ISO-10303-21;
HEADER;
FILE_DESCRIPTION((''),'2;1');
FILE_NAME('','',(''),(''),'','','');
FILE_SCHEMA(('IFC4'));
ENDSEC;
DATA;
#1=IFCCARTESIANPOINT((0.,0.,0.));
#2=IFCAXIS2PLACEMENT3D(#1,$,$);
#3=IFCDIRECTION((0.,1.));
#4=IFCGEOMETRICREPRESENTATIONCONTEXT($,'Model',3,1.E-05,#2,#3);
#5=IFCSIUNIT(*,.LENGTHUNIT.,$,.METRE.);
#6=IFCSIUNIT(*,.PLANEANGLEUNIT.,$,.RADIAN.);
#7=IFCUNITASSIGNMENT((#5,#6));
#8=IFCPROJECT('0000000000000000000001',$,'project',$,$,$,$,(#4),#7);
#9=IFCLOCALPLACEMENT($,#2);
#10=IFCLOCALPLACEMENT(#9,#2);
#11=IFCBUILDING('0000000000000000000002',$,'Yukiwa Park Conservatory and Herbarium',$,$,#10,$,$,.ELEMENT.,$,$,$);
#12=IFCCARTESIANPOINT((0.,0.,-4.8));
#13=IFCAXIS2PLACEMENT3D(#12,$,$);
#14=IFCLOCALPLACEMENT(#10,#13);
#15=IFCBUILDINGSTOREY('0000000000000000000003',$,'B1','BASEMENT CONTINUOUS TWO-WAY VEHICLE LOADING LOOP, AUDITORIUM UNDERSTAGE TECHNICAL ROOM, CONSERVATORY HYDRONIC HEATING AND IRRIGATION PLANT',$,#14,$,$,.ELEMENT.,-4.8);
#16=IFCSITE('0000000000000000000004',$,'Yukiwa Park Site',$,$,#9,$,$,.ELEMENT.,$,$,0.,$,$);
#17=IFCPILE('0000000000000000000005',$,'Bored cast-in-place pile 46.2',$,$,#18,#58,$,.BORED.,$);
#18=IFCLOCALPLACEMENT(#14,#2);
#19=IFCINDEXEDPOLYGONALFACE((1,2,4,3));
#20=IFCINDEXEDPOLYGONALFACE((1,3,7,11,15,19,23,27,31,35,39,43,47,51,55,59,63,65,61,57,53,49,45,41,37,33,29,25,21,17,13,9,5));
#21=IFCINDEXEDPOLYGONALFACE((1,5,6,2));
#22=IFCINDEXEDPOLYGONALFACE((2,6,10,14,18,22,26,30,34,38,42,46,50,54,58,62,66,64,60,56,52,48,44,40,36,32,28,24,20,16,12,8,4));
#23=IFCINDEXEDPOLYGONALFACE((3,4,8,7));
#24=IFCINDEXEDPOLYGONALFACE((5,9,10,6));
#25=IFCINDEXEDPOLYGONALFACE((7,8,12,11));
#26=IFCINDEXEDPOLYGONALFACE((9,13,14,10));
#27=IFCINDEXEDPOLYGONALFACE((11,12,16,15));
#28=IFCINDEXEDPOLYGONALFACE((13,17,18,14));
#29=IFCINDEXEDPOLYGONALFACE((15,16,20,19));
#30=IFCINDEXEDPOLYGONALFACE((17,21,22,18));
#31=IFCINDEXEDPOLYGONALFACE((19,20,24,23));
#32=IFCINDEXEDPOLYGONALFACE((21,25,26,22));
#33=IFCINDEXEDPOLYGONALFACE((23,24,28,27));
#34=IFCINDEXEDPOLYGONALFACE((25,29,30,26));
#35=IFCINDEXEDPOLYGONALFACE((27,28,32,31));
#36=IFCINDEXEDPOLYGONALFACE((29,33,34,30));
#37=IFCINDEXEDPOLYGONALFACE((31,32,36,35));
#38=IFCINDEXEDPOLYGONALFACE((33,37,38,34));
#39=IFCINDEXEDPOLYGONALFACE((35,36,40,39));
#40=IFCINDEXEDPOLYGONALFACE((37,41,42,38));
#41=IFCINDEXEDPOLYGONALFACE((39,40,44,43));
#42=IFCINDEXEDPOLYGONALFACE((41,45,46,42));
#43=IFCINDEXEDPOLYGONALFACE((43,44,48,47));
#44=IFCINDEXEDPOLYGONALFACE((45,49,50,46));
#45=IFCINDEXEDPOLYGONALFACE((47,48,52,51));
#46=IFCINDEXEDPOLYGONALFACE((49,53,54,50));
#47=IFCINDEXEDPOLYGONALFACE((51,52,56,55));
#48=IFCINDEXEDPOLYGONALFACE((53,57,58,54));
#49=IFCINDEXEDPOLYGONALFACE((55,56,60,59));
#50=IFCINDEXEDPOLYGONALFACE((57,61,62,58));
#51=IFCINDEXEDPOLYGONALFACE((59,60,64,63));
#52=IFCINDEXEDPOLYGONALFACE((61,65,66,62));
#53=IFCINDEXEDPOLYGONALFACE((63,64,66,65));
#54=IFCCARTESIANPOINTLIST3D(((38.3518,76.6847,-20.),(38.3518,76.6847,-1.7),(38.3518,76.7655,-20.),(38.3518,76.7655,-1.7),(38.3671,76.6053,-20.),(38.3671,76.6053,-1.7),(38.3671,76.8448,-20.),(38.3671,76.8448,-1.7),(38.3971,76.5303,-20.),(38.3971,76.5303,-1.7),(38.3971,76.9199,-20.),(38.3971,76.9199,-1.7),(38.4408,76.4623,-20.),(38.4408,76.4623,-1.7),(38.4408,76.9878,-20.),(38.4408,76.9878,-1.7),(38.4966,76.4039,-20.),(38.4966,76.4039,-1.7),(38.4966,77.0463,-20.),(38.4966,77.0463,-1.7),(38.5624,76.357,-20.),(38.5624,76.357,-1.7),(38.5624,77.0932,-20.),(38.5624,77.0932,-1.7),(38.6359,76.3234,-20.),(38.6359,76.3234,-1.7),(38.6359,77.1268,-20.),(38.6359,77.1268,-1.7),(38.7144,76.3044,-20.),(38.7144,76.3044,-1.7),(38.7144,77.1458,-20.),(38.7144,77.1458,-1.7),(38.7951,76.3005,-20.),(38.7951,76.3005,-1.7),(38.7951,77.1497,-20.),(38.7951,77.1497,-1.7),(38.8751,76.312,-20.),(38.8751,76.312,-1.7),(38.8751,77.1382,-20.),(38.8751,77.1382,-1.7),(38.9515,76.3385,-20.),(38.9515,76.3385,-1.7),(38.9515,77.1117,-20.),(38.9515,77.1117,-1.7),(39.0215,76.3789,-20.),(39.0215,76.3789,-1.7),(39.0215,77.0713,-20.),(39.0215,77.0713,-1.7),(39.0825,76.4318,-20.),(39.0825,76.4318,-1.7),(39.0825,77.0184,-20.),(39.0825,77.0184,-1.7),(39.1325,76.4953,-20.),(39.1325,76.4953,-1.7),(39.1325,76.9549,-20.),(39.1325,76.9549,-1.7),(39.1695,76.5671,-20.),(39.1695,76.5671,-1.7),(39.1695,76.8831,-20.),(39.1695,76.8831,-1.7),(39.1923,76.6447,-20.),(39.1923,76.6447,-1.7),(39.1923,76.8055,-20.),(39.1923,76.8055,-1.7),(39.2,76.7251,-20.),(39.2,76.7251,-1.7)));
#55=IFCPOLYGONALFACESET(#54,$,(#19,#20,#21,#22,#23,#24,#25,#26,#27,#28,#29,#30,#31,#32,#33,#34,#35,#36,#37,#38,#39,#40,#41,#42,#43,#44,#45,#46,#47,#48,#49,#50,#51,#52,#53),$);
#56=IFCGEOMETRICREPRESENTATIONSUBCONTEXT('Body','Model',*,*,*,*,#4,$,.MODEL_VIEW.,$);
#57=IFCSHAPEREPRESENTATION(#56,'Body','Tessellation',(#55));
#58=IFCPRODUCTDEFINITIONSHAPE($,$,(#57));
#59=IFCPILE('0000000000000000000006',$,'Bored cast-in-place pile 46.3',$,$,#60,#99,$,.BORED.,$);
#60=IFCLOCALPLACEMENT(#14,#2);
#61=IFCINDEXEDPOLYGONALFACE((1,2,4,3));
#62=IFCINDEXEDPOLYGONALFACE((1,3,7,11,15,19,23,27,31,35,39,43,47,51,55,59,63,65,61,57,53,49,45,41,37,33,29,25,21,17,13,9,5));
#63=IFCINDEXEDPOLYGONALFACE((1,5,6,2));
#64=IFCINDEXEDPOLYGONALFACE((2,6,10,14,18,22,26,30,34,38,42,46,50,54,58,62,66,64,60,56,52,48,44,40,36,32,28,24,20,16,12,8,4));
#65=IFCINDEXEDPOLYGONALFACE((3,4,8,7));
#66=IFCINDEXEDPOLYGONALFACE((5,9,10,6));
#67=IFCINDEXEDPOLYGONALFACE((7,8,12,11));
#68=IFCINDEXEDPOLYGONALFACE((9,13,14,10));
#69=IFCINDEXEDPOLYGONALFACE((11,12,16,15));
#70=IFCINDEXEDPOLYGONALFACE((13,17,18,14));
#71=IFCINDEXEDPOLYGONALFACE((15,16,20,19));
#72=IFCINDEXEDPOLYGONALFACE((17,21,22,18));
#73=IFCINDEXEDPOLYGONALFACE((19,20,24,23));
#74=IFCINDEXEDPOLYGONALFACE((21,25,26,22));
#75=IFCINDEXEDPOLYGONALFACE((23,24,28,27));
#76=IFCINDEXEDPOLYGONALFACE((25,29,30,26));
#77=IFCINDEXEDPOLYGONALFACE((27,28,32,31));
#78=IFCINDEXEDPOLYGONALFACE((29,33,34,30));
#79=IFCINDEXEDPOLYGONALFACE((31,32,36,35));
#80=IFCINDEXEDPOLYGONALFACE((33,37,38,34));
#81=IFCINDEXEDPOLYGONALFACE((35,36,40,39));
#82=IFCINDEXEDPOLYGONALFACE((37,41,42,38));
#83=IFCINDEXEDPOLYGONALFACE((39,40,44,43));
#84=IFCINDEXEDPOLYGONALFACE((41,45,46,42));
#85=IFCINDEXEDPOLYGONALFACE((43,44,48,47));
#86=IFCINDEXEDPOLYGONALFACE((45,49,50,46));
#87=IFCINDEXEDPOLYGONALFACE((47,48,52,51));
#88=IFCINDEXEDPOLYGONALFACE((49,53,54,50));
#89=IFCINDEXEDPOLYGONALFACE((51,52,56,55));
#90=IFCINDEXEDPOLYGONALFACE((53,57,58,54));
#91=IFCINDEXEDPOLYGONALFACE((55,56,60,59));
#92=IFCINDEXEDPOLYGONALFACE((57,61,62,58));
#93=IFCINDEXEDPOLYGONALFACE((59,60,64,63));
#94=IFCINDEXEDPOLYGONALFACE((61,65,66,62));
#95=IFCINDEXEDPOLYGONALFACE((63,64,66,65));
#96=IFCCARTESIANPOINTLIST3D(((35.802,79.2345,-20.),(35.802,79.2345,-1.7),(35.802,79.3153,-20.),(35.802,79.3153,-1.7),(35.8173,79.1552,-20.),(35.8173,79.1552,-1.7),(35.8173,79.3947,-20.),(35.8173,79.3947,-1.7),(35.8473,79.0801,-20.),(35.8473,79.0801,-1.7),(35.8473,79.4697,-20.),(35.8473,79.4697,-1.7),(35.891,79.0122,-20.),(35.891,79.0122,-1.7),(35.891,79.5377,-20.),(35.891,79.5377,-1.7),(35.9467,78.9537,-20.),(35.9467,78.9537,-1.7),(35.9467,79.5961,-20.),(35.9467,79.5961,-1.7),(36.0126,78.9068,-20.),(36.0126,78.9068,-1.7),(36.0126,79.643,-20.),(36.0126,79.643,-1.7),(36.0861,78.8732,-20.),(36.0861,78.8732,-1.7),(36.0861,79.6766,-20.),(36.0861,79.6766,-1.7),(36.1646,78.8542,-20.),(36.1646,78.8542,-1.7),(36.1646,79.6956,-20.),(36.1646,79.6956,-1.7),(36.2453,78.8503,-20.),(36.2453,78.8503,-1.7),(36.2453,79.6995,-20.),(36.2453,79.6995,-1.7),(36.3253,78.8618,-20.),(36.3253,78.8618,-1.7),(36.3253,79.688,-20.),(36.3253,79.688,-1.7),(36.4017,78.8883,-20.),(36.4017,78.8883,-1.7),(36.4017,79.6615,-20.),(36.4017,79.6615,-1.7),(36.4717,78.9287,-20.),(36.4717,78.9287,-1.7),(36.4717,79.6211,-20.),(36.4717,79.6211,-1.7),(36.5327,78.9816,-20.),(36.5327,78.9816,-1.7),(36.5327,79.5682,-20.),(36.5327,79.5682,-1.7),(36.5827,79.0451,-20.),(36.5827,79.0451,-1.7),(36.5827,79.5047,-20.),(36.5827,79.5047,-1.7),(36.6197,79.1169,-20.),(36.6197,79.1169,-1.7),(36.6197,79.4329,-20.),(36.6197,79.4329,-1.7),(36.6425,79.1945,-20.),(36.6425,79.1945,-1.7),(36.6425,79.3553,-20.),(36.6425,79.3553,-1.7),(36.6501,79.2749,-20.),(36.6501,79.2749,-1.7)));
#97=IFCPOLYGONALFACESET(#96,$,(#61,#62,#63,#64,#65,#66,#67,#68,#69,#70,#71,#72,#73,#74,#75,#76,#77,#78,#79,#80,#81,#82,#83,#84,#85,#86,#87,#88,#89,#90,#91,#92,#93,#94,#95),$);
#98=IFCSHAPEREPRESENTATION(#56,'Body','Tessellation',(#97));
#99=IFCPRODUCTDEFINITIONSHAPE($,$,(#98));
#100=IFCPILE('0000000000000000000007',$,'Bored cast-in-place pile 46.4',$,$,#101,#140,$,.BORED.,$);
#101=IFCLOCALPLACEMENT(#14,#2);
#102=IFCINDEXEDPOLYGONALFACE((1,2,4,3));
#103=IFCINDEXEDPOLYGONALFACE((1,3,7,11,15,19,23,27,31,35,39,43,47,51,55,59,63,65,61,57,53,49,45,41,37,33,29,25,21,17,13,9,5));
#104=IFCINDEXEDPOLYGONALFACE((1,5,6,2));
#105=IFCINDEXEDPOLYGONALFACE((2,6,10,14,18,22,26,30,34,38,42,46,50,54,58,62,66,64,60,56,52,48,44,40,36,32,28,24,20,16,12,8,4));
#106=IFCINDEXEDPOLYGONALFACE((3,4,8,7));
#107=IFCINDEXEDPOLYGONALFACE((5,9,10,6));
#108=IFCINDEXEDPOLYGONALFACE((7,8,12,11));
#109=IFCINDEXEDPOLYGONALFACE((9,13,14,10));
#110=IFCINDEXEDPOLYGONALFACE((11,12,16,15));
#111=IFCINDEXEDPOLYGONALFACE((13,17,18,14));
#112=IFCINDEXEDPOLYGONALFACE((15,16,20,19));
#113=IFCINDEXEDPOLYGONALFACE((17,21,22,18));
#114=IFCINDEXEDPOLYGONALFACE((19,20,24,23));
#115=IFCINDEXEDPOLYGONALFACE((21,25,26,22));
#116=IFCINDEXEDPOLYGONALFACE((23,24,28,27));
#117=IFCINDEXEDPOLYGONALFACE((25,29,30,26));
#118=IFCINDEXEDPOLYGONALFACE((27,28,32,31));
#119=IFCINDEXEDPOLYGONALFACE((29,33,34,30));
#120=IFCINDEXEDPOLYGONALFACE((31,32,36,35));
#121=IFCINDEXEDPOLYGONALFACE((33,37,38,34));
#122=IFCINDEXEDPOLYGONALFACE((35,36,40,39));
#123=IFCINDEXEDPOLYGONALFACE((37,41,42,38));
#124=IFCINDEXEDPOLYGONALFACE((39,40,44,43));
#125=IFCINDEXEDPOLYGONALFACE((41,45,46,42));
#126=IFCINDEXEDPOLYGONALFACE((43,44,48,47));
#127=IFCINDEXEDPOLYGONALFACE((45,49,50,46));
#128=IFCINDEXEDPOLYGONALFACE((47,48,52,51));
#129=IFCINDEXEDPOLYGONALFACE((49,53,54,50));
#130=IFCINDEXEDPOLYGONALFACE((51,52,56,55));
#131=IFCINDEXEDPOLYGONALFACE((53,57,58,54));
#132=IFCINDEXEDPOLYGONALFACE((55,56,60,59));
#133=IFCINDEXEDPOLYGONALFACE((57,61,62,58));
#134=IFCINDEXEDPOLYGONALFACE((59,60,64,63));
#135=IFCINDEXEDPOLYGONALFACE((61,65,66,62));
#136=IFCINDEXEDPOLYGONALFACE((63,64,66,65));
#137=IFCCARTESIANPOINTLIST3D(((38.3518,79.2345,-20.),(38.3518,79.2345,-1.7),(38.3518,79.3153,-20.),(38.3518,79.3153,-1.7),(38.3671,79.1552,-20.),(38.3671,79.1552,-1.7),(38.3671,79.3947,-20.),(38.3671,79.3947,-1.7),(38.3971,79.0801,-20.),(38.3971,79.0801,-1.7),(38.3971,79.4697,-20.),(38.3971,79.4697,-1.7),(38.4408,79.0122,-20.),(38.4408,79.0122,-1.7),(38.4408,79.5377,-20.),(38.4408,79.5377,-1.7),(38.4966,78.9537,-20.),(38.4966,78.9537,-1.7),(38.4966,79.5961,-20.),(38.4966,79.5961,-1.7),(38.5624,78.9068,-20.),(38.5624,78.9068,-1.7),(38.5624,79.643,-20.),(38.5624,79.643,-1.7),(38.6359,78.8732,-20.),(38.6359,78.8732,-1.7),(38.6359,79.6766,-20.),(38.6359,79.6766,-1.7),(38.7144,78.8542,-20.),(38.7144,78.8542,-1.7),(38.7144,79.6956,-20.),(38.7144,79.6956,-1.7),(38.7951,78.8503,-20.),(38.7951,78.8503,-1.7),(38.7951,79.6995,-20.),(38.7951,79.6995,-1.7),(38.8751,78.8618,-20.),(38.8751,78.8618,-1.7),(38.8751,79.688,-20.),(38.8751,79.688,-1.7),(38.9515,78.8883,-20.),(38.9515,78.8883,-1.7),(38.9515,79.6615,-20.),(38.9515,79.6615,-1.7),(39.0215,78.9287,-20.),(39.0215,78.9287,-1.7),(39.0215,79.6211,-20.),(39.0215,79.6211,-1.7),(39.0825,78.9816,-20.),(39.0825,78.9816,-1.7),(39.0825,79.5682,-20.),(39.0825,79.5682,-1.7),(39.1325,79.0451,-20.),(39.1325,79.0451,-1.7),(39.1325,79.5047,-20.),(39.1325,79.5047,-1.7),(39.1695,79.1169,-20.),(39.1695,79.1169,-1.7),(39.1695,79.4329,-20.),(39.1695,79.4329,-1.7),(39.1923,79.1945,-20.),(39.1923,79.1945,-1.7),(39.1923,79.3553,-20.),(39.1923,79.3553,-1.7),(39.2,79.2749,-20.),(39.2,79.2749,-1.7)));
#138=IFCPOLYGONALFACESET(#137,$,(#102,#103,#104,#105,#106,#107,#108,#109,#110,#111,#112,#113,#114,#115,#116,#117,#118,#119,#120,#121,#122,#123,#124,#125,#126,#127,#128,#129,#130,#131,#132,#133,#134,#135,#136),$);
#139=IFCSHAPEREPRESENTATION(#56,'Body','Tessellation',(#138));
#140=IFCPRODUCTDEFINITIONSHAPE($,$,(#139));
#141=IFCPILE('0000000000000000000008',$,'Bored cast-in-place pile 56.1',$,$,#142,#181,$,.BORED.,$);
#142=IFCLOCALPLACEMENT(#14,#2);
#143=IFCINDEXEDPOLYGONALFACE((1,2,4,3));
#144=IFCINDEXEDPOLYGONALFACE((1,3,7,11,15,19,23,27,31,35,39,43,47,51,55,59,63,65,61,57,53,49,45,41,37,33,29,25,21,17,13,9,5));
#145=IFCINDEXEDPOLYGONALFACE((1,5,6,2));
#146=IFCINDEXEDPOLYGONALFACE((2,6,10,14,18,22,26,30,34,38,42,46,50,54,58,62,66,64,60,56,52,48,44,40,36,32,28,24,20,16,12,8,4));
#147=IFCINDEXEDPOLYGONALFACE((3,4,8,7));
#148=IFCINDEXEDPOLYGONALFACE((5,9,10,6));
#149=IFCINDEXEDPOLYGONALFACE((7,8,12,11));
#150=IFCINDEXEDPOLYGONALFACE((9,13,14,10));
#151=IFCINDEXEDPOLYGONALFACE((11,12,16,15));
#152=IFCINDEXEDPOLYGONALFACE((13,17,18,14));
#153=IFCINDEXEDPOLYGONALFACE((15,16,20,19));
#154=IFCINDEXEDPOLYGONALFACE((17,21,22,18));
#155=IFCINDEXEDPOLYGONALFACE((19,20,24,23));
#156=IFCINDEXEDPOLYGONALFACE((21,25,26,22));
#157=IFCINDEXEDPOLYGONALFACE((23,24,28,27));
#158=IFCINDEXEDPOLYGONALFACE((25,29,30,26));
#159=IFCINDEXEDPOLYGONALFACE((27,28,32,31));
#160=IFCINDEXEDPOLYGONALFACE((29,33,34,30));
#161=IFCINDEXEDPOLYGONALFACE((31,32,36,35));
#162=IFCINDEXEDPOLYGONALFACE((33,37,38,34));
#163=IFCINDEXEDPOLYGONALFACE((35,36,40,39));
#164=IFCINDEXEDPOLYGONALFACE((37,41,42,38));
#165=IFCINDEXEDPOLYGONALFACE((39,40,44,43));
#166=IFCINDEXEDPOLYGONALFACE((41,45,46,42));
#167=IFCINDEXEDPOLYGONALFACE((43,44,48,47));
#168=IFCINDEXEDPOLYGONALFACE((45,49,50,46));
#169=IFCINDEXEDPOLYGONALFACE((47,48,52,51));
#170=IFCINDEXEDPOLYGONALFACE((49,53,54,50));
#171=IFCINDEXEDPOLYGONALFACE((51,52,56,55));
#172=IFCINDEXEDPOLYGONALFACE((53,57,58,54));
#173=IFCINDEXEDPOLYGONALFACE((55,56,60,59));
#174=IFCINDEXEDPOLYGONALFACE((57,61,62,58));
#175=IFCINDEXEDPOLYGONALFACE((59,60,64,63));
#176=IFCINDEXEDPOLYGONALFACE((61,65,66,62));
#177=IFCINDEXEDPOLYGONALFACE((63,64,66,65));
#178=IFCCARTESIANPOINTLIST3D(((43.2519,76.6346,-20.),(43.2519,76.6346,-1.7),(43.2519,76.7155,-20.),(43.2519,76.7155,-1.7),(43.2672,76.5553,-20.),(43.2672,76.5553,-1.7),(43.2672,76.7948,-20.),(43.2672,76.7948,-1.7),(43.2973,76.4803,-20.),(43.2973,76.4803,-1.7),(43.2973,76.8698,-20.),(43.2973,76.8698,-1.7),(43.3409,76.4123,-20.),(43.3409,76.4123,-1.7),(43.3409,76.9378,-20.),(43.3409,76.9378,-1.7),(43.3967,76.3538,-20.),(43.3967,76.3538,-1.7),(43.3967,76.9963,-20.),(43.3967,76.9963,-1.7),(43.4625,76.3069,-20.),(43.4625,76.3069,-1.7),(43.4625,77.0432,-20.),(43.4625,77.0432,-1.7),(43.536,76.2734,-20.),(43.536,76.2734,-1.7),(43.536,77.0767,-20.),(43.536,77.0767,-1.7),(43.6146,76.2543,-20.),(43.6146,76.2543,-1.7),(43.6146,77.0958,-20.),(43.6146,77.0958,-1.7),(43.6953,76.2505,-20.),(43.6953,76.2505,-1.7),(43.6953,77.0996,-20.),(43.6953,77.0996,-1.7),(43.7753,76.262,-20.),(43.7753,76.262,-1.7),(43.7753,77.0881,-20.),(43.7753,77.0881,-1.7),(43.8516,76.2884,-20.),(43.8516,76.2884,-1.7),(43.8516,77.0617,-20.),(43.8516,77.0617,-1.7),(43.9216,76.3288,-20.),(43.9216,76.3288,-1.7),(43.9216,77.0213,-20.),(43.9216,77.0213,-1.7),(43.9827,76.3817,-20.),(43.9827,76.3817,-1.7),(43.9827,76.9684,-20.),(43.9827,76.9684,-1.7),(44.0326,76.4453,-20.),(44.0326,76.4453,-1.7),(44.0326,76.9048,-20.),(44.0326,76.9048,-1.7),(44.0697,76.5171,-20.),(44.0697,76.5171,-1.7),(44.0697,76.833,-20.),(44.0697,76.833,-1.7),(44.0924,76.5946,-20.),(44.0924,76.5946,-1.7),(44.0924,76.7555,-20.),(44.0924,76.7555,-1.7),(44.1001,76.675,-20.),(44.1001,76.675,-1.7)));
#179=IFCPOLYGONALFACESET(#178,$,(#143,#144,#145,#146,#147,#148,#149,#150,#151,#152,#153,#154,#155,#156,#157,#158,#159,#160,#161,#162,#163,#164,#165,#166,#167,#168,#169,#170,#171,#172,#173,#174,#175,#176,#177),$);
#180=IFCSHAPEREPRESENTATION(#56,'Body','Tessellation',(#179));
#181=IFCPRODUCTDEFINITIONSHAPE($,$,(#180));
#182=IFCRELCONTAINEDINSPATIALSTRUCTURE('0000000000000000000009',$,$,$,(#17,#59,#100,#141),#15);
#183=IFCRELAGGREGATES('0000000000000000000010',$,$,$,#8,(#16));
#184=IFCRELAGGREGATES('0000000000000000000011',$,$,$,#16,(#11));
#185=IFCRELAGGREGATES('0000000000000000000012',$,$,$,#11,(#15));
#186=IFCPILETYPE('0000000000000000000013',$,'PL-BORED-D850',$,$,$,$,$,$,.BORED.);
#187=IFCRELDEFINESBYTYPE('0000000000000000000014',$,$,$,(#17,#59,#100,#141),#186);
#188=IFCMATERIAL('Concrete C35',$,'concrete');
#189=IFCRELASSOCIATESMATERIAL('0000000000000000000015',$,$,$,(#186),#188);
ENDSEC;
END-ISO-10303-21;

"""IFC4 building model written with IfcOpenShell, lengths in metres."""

from ifc_helpers import new_model, si_unit, direction, frame, origin, origin_2d, place, context, subcontext, project, spatial, circle, extrude, material, material_profile, profile_set, type_object, element, save


model = new_model("IFC4")

# Units and contexts
model_context = context("Model", 3, precision=1e-05, world=origin(), true_north=direction((0.0, 1.0)))
body_context = subcontext(model_context, "Body", "Model", "MODEL_VIEW")
ifc_project = project(units=[si_unit("LENGTHUNIT", "METRE"), si_unit("PLANEANGLEUNIT", "RADIAN")], contexts=[model_context])

# Site, building, storey
site_placement = place(None, origin())
site = spatial("IfcSite", under=ifc_project, at=site_placement, Name="Yukiwa Park Site", CompositionType="ELEMENT", RefElevation=0.0)
building_placement = place(site_placement, origin())
building = spatial("IfcBuilding", under=site, at=building_placement, Name="Yukiwa Park Conservatory and Herbarium", CompositionType="ELEMENT")
storey_placement = place(building_placement, frame((0.0, 0.0, -4.8)))
storey = spatial("IfcBuildingStorey", under=building, at=storey_placement, Name="B1", Description="BASEMENT CONTINUOUS TWO-WAY VEHICLE LOADING LOOP, AUDITORIUM UNDERSTAGE TECHNICAL ROOM, CONSERVATORY HYDRONIC HEATING AND IRRIGATION PLANT", CompositionType="ELEMENT", Elevation=-4.8)

# Piles
ifc_material_1 = material(Name="Concrete C35", Category="concrete")
ifc_material_profile_1 = material_profile(ifc_material_1, circle(Radius=0.425, at=origin_2d()), Name="PILE D850")
ifc_profile_set_1 = profile_set([ifc_material_profile_1], Name="Concrete C35")
pile_type_1 = type_object("IfcPileType", Name="PL-BORED-D850", PredefinedType="BORED", material=ifc_profile_set_1)
for number, where, z_axis, x_axis, name in (
    (1, (38.7749, 76.7251, -1.7), (0.0, 0.0, -1.0), (1.0, 0.0, 0.0), "Bored cast-in-place pile 46.2"),
    (2, (36.2251, 79.2749, -1.7), (0.0, 0.0, -1.0), (1.0, 0.0, 0.0), "Bored cast-in-place pile 46.3"),
    (3, (38.7749, 79.2749, -1.7), (0.0, 0.0, -1.0), (1.0, 0.0, 0.0), "Bored cast-in-place pile 46.4"),
    (4, (43.675, 76.675, -1.7), (0.0, 0.0, -1.0), (1.0, 0.0, 0.0), "Bored cast-in-place pile 56.1"),
):
    element("IfcPile", number, at=place(storey_placement, frame(where, z_axis=z_axis, x_axis=x_axis)), inside=storey, type_object=pile_type_1, Name=name, PredefinedType="BORED", context=body_context, shape_type="SweptSolid", body=[
        extrude(circle(Radius=0.425, at=origin_2d()), origin(), (0.0, 0.0, 1.0), 18.3),
    ])

save(model, "model.ifc")
